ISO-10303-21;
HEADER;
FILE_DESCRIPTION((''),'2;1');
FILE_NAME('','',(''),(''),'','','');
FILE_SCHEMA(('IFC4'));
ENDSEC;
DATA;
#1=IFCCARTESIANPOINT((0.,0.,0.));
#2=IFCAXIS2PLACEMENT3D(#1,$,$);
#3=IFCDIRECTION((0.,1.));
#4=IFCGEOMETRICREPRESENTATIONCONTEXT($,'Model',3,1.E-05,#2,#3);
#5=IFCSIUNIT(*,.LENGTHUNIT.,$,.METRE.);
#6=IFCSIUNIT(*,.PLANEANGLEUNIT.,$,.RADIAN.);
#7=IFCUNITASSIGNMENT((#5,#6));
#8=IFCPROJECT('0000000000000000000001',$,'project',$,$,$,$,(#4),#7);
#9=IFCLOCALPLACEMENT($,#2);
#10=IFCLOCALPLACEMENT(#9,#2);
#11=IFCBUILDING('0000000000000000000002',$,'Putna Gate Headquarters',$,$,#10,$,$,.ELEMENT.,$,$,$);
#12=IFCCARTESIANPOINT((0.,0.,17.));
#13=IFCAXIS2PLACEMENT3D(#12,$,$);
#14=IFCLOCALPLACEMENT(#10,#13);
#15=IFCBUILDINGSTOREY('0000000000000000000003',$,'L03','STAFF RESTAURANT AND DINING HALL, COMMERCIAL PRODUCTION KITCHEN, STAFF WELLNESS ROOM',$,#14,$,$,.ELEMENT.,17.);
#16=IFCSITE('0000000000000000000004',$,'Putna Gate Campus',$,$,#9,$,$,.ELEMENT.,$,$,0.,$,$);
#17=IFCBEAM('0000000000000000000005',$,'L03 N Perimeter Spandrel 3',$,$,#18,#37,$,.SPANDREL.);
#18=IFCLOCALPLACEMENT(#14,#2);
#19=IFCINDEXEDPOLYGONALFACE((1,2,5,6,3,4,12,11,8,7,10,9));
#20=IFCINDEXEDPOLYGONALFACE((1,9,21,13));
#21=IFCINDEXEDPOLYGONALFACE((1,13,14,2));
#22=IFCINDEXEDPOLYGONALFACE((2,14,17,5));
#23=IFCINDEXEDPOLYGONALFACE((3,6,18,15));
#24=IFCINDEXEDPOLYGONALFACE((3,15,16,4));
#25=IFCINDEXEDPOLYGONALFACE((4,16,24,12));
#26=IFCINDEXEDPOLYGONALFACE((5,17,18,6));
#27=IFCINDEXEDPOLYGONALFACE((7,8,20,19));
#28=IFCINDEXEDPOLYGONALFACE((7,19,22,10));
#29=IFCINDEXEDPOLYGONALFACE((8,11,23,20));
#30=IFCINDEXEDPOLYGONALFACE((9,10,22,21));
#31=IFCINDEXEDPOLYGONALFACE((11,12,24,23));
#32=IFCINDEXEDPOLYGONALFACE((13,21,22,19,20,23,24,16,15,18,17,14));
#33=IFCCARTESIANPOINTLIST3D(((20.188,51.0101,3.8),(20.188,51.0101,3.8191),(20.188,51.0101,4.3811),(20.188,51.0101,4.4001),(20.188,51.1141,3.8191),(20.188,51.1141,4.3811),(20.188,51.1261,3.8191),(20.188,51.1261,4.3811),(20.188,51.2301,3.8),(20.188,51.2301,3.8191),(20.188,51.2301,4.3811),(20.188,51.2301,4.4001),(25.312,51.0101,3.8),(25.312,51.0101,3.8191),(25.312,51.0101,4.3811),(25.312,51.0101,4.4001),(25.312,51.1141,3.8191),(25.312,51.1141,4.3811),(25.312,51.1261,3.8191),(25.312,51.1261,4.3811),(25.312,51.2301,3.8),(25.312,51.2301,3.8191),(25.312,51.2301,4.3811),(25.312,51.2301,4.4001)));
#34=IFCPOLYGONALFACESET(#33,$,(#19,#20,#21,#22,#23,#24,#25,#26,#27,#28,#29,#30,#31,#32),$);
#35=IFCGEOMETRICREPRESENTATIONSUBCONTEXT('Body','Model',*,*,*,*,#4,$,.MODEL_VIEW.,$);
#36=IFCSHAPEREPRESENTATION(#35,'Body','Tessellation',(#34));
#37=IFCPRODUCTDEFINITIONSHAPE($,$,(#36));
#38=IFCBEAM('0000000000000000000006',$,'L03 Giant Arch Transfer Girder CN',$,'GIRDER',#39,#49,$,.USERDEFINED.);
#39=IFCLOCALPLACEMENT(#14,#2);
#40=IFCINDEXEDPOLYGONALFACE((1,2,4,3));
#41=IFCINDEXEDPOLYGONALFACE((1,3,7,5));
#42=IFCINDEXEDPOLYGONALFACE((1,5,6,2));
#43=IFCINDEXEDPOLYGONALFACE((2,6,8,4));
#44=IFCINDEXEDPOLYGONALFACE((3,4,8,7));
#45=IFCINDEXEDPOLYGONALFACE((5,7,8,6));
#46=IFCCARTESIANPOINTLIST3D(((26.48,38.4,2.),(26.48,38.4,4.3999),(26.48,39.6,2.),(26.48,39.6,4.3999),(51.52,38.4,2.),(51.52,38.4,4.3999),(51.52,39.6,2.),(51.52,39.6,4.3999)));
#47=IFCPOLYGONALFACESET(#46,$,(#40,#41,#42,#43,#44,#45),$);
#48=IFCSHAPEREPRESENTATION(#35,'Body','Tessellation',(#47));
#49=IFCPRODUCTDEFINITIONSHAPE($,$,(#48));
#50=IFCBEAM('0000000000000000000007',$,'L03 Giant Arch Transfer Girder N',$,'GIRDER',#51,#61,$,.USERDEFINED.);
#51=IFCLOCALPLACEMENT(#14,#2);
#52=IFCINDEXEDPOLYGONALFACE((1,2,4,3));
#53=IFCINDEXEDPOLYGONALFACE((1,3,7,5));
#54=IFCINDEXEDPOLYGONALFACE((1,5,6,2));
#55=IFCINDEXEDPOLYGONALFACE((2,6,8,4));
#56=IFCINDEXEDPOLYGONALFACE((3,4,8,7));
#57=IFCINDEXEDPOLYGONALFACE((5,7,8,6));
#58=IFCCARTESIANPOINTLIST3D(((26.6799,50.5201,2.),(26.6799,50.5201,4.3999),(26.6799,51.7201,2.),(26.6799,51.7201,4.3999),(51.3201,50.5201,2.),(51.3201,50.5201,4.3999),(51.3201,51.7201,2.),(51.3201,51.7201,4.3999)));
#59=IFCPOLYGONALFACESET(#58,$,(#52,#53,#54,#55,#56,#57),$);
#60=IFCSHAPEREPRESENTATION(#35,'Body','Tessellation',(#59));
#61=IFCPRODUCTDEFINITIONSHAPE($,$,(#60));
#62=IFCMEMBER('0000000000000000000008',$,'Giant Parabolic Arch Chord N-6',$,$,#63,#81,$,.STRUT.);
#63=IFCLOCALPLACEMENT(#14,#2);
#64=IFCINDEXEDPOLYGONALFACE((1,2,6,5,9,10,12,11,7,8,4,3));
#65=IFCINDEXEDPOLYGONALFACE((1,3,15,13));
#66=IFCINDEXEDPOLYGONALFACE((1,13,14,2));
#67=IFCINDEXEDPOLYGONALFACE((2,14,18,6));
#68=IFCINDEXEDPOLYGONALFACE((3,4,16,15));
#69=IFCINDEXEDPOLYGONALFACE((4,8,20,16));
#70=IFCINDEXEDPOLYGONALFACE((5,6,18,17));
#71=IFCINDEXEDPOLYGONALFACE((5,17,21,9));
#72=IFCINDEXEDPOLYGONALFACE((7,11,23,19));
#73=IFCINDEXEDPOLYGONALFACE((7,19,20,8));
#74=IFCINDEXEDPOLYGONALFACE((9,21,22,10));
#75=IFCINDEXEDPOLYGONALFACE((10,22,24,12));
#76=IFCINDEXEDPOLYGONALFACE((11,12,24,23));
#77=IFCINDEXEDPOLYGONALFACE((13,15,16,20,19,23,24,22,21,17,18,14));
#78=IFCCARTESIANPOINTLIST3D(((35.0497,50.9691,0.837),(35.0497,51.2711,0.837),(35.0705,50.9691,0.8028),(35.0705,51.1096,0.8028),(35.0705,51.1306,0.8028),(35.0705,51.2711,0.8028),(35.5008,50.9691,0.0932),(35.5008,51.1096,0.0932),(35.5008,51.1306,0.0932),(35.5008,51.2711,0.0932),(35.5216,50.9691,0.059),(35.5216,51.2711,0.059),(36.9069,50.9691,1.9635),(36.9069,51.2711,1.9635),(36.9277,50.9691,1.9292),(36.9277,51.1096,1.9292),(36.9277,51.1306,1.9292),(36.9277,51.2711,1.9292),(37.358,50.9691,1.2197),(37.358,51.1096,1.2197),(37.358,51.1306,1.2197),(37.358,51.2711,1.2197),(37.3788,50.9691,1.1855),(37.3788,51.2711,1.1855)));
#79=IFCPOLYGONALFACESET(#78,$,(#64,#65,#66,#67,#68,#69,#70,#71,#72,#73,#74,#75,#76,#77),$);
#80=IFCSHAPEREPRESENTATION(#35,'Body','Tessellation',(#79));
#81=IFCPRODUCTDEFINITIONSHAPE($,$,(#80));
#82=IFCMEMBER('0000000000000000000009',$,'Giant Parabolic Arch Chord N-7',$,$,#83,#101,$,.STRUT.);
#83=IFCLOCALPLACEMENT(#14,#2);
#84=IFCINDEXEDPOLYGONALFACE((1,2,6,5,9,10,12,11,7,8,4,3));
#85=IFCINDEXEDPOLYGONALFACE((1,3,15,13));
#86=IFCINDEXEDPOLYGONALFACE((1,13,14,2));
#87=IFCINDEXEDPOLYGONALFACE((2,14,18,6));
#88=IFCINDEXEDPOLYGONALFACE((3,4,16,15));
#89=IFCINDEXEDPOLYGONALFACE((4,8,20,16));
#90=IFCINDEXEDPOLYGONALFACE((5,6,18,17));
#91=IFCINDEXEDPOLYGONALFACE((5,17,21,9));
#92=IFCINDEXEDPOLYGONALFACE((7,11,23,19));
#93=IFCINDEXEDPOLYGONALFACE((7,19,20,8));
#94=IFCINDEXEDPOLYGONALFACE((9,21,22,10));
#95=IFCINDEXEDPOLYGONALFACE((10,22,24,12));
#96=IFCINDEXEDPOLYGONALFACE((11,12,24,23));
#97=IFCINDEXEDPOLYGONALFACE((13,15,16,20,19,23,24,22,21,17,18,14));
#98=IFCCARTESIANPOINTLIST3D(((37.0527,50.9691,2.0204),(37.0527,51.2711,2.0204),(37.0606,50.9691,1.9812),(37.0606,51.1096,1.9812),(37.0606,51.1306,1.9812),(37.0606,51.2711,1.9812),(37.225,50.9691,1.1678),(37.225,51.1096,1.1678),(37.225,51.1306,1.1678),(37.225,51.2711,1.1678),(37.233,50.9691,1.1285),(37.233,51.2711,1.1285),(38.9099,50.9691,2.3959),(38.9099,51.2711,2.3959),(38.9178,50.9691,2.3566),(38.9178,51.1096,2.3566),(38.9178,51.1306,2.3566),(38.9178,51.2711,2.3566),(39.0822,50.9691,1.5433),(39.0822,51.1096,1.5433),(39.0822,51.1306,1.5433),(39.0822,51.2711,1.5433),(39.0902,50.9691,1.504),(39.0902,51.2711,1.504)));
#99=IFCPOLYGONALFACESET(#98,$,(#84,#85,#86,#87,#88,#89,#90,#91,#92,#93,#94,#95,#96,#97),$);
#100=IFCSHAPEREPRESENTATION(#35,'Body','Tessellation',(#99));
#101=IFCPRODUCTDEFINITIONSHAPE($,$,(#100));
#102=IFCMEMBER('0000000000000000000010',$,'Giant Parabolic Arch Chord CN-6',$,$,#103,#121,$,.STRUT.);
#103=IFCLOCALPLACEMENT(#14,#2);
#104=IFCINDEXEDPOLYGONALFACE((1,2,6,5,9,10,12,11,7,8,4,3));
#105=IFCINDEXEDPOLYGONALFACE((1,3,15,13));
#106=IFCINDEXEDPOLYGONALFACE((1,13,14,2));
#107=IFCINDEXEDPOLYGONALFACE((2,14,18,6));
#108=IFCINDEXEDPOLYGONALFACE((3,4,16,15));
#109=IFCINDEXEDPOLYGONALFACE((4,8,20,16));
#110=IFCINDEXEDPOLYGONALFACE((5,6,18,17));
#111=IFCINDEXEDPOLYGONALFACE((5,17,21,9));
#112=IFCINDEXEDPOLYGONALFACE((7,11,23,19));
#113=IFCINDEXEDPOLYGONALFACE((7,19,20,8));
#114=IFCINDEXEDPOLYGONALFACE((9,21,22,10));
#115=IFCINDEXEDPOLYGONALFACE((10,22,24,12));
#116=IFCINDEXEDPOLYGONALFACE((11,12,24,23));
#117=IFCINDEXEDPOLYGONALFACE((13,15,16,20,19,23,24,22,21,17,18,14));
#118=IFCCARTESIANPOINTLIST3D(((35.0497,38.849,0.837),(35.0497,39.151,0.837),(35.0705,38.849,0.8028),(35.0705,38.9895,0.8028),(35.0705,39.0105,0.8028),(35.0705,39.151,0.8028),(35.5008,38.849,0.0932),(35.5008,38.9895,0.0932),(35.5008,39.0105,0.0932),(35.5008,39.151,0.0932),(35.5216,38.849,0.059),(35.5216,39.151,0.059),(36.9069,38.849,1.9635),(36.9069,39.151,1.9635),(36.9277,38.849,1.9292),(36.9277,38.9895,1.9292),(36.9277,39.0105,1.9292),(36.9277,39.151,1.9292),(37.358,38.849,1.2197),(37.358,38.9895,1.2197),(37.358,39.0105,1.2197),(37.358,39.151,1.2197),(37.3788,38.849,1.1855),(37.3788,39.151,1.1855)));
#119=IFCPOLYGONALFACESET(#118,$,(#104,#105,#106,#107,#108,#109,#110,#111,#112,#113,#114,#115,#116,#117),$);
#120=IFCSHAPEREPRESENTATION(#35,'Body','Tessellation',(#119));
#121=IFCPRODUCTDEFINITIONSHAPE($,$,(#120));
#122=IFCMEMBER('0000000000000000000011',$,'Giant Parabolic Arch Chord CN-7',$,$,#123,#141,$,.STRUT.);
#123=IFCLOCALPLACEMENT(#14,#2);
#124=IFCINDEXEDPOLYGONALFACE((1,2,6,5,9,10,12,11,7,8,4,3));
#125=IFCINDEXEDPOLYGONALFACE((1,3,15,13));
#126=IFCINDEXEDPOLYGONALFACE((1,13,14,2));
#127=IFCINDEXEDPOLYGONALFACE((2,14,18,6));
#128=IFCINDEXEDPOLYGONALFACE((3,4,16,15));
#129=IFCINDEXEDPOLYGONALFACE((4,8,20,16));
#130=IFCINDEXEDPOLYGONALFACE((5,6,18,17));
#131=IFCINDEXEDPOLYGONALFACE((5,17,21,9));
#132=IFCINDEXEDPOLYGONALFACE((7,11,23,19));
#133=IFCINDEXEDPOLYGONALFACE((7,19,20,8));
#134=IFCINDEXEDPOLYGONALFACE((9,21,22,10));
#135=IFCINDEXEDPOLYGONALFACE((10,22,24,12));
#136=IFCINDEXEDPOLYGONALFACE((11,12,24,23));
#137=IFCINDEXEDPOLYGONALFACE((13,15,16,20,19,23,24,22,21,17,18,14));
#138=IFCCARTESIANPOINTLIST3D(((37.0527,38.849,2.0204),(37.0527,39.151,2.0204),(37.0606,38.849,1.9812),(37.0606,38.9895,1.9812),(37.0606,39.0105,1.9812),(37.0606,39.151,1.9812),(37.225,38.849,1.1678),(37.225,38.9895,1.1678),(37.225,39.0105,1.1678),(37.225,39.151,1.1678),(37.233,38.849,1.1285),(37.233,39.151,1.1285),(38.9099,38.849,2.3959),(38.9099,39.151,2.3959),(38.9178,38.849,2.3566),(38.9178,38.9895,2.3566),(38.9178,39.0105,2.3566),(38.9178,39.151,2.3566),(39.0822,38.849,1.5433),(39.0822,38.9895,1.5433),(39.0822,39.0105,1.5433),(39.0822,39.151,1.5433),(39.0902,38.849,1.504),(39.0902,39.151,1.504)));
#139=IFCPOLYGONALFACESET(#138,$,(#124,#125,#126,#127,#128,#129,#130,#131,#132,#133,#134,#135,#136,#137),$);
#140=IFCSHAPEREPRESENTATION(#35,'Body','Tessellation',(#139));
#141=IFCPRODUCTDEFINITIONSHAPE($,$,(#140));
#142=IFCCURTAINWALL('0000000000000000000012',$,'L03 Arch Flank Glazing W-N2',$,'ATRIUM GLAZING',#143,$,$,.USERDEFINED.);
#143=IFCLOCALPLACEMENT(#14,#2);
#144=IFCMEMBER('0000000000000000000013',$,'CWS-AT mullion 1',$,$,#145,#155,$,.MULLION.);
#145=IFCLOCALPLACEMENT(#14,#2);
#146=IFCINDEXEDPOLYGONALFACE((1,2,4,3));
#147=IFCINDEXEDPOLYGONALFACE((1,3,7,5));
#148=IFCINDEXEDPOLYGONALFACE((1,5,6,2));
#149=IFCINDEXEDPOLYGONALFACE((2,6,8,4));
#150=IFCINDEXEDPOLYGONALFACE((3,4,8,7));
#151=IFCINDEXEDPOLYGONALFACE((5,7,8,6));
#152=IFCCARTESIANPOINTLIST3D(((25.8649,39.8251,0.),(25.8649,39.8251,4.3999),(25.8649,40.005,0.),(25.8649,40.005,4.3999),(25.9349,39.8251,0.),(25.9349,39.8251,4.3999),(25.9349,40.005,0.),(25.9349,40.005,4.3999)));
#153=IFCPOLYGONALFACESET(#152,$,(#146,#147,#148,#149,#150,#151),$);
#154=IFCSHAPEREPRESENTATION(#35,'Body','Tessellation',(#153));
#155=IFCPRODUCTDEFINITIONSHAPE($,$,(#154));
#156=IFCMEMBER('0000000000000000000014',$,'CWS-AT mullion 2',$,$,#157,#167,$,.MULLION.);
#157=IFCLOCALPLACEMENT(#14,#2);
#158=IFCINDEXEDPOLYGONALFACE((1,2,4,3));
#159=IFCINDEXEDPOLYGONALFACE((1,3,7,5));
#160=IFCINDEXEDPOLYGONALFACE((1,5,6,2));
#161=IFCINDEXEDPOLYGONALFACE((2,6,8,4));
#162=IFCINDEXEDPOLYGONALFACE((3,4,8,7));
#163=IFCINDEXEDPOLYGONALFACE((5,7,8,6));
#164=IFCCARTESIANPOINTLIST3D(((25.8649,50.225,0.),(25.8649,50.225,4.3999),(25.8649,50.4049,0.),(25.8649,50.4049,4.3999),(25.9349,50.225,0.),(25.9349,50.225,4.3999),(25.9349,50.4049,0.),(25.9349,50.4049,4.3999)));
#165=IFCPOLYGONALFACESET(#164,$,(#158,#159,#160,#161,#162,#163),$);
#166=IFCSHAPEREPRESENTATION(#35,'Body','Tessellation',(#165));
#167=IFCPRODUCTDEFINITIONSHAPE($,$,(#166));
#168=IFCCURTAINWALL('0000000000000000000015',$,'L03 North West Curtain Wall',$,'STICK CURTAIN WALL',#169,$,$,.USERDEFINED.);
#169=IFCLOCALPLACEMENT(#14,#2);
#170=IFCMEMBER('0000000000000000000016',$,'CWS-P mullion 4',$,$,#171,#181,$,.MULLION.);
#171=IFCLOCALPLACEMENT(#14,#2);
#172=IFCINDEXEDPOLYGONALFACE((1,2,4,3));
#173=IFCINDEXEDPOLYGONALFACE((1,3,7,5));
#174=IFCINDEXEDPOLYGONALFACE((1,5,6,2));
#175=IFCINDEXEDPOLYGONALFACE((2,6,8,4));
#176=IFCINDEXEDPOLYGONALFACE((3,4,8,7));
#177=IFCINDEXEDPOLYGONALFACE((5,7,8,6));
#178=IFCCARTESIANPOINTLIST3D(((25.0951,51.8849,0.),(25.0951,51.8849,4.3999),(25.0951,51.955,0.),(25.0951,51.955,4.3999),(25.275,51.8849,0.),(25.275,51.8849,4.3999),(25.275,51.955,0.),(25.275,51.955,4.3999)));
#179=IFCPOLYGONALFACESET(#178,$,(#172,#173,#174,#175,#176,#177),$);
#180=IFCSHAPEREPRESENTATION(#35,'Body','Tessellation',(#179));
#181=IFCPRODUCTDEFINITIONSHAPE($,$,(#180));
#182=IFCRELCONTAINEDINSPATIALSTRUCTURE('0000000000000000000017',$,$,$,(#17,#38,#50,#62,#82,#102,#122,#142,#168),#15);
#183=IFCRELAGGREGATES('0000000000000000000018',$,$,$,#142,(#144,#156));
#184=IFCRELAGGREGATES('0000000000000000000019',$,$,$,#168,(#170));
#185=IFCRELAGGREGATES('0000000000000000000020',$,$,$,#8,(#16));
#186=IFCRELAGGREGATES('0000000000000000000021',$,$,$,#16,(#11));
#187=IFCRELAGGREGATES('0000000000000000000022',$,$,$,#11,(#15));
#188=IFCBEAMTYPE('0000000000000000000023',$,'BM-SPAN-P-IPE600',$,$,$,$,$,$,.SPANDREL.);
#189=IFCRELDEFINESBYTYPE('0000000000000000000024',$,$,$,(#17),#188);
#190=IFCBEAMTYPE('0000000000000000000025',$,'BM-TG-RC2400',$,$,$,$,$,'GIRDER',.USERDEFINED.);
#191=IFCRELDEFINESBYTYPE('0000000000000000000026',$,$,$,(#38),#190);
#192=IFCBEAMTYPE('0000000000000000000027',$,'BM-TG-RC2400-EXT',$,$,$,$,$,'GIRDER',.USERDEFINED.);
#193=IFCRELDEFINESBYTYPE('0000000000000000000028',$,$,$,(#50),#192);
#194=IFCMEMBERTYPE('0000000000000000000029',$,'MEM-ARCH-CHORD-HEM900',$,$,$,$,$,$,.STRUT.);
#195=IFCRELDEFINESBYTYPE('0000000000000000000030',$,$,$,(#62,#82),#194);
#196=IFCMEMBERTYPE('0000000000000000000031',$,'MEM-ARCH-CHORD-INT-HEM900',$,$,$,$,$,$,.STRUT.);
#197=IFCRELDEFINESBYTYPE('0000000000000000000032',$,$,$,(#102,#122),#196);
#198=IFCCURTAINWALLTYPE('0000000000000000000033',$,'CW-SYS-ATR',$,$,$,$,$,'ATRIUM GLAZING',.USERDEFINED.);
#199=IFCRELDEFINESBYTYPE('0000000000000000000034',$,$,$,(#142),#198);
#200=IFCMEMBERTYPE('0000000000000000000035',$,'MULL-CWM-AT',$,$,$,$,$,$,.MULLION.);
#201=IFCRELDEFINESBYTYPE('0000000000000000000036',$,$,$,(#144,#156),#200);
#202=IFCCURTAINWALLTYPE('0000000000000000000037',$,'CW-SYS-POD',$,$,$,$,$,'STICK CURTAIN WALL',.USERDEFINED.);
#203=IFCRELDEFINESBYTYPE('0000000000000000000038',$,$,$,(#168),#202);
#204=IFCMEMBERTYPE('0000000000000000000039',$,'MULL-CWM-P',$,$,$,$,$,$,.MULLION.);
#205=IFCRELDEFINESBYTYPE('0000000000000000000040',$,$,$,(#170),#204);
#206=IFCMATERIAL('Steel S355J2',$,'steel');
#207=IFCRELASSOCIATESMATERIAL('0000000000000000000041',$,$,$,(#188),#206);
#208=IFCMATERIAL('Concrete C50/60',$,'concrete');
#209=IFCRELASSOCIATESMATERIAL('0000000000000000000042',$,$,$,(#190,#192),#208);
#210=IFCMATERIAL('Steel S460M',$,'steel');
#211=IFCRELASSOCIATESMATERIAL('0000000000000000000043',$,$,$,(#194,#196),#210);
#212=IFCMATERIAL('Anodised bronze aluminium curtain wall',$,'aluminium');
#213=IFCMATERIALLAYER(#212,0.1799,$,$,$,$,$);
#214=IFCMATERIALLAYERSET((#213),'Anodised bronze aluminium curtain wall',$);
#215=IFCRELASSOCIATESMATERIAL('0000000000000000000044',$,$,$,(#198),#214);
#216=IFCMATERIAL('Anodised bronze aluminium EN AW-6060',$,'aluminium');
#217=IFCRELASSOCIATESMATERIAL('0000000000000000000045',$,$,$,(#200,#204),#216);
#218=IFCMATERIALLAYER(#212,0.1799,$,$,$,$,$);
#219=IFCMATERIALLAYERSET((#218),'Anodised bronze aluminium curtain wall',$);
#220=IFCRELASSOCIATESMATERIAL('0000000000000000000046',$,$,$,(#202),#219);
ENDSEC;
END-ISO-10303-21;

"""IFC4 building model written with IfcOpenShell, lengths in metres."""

from ifc_helpers import new_model, si_unit, direction, frame, origin, origin_2d, place, context, subcontext, project, spatial, rectangle, i_section, extrude, material, layer, layer_set, material_profile, profile_set, type_object, element, aggregate, save


model = new_model("IFC4")

# Units and contexts
model_context = context("Model", 3, precision=1e-05, world=origin(), true_north=direction((0.0, 1.0)))
body_context = subcontext(model_context, "Body", "Model", "MODEL_VIEW")
ifc_project = project(units=[si_unit("LENGTHUNIT", "METRE"), si_unit("PLANEANGLEUNIT", "RADIAN")], contexts=[model_context])

# Site, building, storey
site_placement = place(None, origin())
site = spatial("IfcSite", under=ifc_project, at=site_placement, Name="Putna Gate Campus", CompositionType="ELEMENT", RefElevation=0.0)
building_placement = place(site_placement, origin())
building = spatial("IfcBuilding", under=site, at=building_placement, Name="Putna Gate Headquarters", CompositionType="ELEMENT")
storey_placement = place(building_placement, frame((0.0, 0.0, 17.0)))
storey = spatial("IfcBuildingStorey", under=building, at=storey_placement, Name="L03", Description="STAFF RESTAURANT AND DINING HALL, COMMERCIAL PRODUCTION KITCHEN, STAFF WELLNESS ROOM", CompositionType="ELEMENT", Elevation=17.0)

# Beams
ifc_material_1 = material(Name="Steel S355J2", Category="steel")
ifc_material_profile_1 = material_profile(ifc_material_1, i_section(OverallWidth=0.22, OverallDepth=0.6001, WebThickness=0.012, FlangeThickness=0.019, at=origin_2d()), Name="Steel S355J2")
ifc_profile_set_1 = profile_set([ifc_material_profile_1], Name="Steel S355J2")
beam_type_1 = type_object("IfcBeamType", Name="BM-SPAN-P-IPE600", PredefinedType="SPANDREL", material=ifc_profile_set_1)
beam_1_placement = place(storey_placement, frame((20.188, 51.1201, 4.1001), z_axis=(1.0, 0.0, 0.0), x_axis=(0.0, 1.0, 0.0)))
element("IfcBeam", 1, at=beam_1_placement, inside=storey, type_object=beam_type_1, Name="L03 N Perimeter Spandrel 3", PredefinedType="SPANDREL", context=body_context, shape_type="SweptSolid", body=[
    extrude(i_section(OverallWidth=0.22, OverallDepth=0.6001, WebThickness=0.012, FlangeThickness=0.019, at=origin_2d()), origin(), (0.0, 0.0, 1.0), 5.124),
])
ifc_material_2 = material(Name="Concrete C50/60", Category="concrete")
ifc_material_profile_2 = material_profile(ifc_material_2, rectangle(XDim=1.2, YDim=2.3999, at=origin_2d()), Name="Concrete C50/60")
ifc_profile_set_2 = profile_set([ifc_material_profile_2], Name="Concrete C50/60")
beam_type_2 = type_object("IfcBeamType", Name="BM-TG-RC2400", ElementType="GIRDER", PredefinedType="USERDEFINED", material=ifc_profile_set_2)
beam_2_placement = place(storey_placement, frame((26.48, 39.0, 3.2), z_axis=(1.0, 0.0, 0.0), x_axis=(0.0, 1.0, 0.0)))
element("IfcBeam", 2, at=beam_2_placement, inside=storey, type_object=beam_type_2, Name="L03 Giant Arch Transfer Girder CN", ObjectType="GIRDER", PredefinedType="USERDEFINED", context=body_context, shape_type="SweptSolid", body=[
    extrude(rectangle(XDim=1.2, YDim=2.3999, at=origin_2d()), origin(), (0.0, 0.0, 1.0), 25.04),
])
ifc_material_profile_3 = material_profile(ifc_material_2, rectangle(XDim=1.2, YDim=2.3999, at=origin_2d()), Name="Concrete C50/60")
ifc_profile_set_3 = profile_set([ifc_material_profile_3], Name="Concrete C50/60")
beam_type_3 = type_object("IfcBeamType", Name="BM-TG-RC2400-EXT", ElementType="GIRDER", PredefinedType="USERDEFINED", material=ifc_profile_set_3)
beam_3_placement = place(storey_placement, frame((26.6799, 51.1201, 3.2), z_axis=(1.0, 0.0, 0.0), x_axis=(0.0, 1.0, 0.0)))
element("IfcBeam", 3, at=beam_3_placement, inside=storey, type_object=beam_type_3, Name="L03 Giant Arch Transfer Girder N", ObjectType="GIRDER", PredefinedType="USERDEFINED", context=body_context, shape_type="SweptSolid", body=[
    extrude(rectangle(XDim=1.2, YDim=2.3999, at=origin_2d()), origin(), (0.0, 0.0, 1.0), 24.6401),
])

# Members
ifc_material_3 = material(Name="Steel S460M", Category="steel")
ifc_material_profile_4 = material_profile(ifc_material_3, i_section(OverallWidth=0.302, OverallDepth=0.9099, WebThickness=0.021, FlangeThickness=0.04, at=origin_2d()), Name="Steel S460M")
ifc_profile_set_4 = profile_set([ifc_material_profile_4], Name="Steel S460M")
member_type_1 = type_object("IfcMemberType", Name="MEM-ARCH-CHORD-HEM900", PredefinedType="STRUT", material=ifc_profile_set_4)
member_1_placement = place(storey_placement, frame((35.2856, 51.1201, 0.448), z_axis=(0.855014, 0.0, 0.518606), x_axis=(0.0, 1.0, 0.0)))
element("IfcMember", 4, at=member_1_placement, inside=storey, type_object=member_type_1, Name="Giant Parabolic Arch Chord N-6", PredefinedType="STRUT", context=body_context, shape_type="SweptSolid", body=[
    extrude(i_section(OverallWidth=0.302, OverallDepth=0.9099, WebThickness=0.021, FlangeThickness=0.04, at=origin_2d()), origin(), (0.0, 0.0, 1.0), 2.1721),
])
member_2_placement = place(storey_placement, frame((37.1428, 51.1201, 1.5745), z_axis=(0.980167, 0.0, 0.198172), x_axis=(0.0, 1.0, 0.0)))
element("IfcMember", 5, at=member_2_placement, inside=storey, type_object=member_type_1, Name="Giant Parabolic Arch Chord N-7", PredefinedType="STRUT", context=body_context, shape_type="SweptSolid", body=[
    extrude(i_section(OverallWidth=0.302, OverallDepth=0.9099, WebThickness=0.021, FlangeThickness=0.04, at=origin_2d()), origin(), (0.0, 0.0, 1.0), 1.8948),
])
ifc_material_profile_5 = material_profile(ifc_material_3, i_section(OverallWidth=0.302, OverallDepth=0.9099, WebThickness=0.021, FlangeThickness=0.04, at=origin_2d()), Name="Steel S460M")
ifc_profile_set_5 = profile_set([ifc_material_profile_5], Name="Steel S460M")
member_type_2 = type_object("IfcMemberType", Name="MEM-ARCH-CHORD-INT-HEM900", PredefinedType="STRUT", material=ifc_profile_set_5)
member_3_placement = place(storey_placement, frame((35.2856, 39.0, 0.448), z_axis=(0.855014, 0.0, 0.518606), x_axis=(0.0, 1.0, 0.0)))
element("IfcMember", 6, at=member_3_placement, inside=storey, type_object=member_type_2, Name="Giant Parabolic Arch Chord CN-6", PredefinedType="STRUT", context=body_context, shape_type="SweptSolid", body=[
    extrude(i_section(OverallWidth=0.302, OverallDepth=0.9099, WebThickness=0.021, FlangeThickness=0.04, at=origin_2d()), origin(), (0.0, 0.0, 1.0), 2.1721),
])
member_4_placement = place(storey_placement, frame((37.1428, 39.0, 1.5745), z_axis=(0.980167, 0.0, 0.198172), x_axis=(0.0, 1.0, 0.0)))
element("IfcMember", 7, at=member_4_placement, inside=storey, type_object=member_type_2, Name="Giant Parabolic Arch Chord CN-7", PredefinedType="STRUT", context=body_context, shape_type="SweptSolid", body=[
    extrude(i_section(OverallWidth=0.302, OverallDepth=0.9099, WebThickness=0.021, FlangeThickness=0.04, at=origin_2d()), origin(), (0.0, 0.0, 1.0), 1.8948),
])

# Curtain wall, members
ifc_material_4 = material(Name="Anodised bronze aluminium curtain wall", Category="aluminium")
ifc_layer_1 = layer(ifc_material_4, 0.1799)
ifc_layer_set_1 = layer_set([ifc_layer_1], Name="Anodised bronze aluminium curtain wall")
curtain_wall_type_1 = type_object("IfcCurtainWallType", Name="CW-SYS-ATR", ElementType="ATRIUM GLAZING", PredefinedType="USERDEFINED", material=ifc_layer_set_1)
curtain_wall_1_placement = place(storey_placement, origin())
curtain_wall_1 = element("IfcCurtainWall", 8, at=curtain_wall_1_placement, inside=storey, type_object=curtain_wall_type_1, Name="L03 Arch Flank Glazing W-N2", ObjectType="ATRIUM GLAZING", PredefinedType="USERDEFINED")
ifc_material_5 = material(Name="Anodised bronze aluminium EN AW-6060", Category="aluminium")
ifc_material_profile_6 = material_profile(ifc_material_5, rectangle(XDim=0.0701, YDim=0.1799, at=origin_2d()), Name="Anodised bronze aluminium EN AW-6060")
ifc_profile_set_6 = profile_set([ifc_material_profile_6], Name="Anodised bronze aluminium EN AW-6060")
member_type_3 = type_object("IfcMemberType", Name="MULL-CWM-AT", PredefinedType="MULLION", material=ifc_profile_set_6)
member_5_placement = place(storey_placement, frame((25.8999, 39.915, 0.0), z_axis=(0.0, 0.0, 1.0), x_axis=(-1.0, 0.0, 0.0)))
member_5 = element("IfcMember", 9, at=member_5_placement, type_object=member_type_3, Name="CWS-AT mullion 1", PredefinedType="MULLION", context=body_context, shape_type="SweptSolid", body=[
    extrude(rectangle(XDim=0.0701, YDim=0.1799, at=origin_2d()), origin(), (0.0, 0.0, 1.0), 4.3999),
])
member_6_placement = place(storey_placement, frame((25.8999, 50.3149, 0.0), z_axis=(0.0, 0.0, 1.0), x_axis=(-1.0, 0.0, 0.0)))
member_6 = element("IfcMember", 10, at=member_6_placement, type_object=member_type_3, Name="CWS-AT mullion 2", PredefinedType="MULLION", context=body_context, shape_type="SweptSolid", body=[
    extrude(rectangle(XDim=0.0701, YDim=0.1799, at=origin_2d()), origin(), (0.0, 0.0, 1.0), 4.3999),
])

# Curtain wall, member
ifc_layer_2 = layer(ifc_material_4, 0.1799)
ifc_layer_set_2 = layer_set([ifc_layer_2], Name="Anodised bronze aluminium curtain wall")
curtain_wall_type_2 = type_object("IfcCurtainWallType", Name="CW-SYS-POD", ElementType="STICK CURTAIN WALL", PredefinedType="USERDEFINED", material=ifc_layer_set_2)
curtain_wall_2_placement = place(storey_placement, origin())
curtain_wall_2 = element("IfcCurtainWall", 11, at=curtain_wall_2_placement, inside=storey, type_object=curtain_wall_type_2, Name="L03 North West Curtain Wall", ObjectType="STICK CURTAIN WALL", PredefinedType="USERDEFINED")
ifc_material_profile_7 = material_profile(ifc_material_5, rectangle(XDim=0.0701, YDim=0.1799, at=origin_2d()), Name="Anodised bronze aluminium EN AW-6060")
ifc_profile_set_7 = profile_set([ifc_material_profile_7], Name="Anodised bronze aluminium EN AW-6060")
member_type_4 = type_object("IfcMemberType", Name="MULL-CWM-P", PredefinedType="MULLION", material=ifc_profile_set_7)
member_7_placement = place(storey_placement, frame((25.1851, 51.9199, 0.0), z_axis=(0.0, 0.0, 1.0), x_axis=(0.0, 1.0, 0.0)))
member_7 = element("IfcMember", 12, at=member_7_placement, type_object=member_type_4, Name="CWS-P mullion 4", PredefinedType="MULLION", context=body_context, shape_type="SweptSolid", body=[
    extrude(rectangle(XDim=0.0701, YDim=0.1799, at=origin_2d()), origin(), (0.0, 0.0, 1.0), 4.3999),
])

aggregate(curtain_wall_1, [member_5, member_6])
aggregate(curtain_wall_2, [member_7])

save(model, "model.ifc")
